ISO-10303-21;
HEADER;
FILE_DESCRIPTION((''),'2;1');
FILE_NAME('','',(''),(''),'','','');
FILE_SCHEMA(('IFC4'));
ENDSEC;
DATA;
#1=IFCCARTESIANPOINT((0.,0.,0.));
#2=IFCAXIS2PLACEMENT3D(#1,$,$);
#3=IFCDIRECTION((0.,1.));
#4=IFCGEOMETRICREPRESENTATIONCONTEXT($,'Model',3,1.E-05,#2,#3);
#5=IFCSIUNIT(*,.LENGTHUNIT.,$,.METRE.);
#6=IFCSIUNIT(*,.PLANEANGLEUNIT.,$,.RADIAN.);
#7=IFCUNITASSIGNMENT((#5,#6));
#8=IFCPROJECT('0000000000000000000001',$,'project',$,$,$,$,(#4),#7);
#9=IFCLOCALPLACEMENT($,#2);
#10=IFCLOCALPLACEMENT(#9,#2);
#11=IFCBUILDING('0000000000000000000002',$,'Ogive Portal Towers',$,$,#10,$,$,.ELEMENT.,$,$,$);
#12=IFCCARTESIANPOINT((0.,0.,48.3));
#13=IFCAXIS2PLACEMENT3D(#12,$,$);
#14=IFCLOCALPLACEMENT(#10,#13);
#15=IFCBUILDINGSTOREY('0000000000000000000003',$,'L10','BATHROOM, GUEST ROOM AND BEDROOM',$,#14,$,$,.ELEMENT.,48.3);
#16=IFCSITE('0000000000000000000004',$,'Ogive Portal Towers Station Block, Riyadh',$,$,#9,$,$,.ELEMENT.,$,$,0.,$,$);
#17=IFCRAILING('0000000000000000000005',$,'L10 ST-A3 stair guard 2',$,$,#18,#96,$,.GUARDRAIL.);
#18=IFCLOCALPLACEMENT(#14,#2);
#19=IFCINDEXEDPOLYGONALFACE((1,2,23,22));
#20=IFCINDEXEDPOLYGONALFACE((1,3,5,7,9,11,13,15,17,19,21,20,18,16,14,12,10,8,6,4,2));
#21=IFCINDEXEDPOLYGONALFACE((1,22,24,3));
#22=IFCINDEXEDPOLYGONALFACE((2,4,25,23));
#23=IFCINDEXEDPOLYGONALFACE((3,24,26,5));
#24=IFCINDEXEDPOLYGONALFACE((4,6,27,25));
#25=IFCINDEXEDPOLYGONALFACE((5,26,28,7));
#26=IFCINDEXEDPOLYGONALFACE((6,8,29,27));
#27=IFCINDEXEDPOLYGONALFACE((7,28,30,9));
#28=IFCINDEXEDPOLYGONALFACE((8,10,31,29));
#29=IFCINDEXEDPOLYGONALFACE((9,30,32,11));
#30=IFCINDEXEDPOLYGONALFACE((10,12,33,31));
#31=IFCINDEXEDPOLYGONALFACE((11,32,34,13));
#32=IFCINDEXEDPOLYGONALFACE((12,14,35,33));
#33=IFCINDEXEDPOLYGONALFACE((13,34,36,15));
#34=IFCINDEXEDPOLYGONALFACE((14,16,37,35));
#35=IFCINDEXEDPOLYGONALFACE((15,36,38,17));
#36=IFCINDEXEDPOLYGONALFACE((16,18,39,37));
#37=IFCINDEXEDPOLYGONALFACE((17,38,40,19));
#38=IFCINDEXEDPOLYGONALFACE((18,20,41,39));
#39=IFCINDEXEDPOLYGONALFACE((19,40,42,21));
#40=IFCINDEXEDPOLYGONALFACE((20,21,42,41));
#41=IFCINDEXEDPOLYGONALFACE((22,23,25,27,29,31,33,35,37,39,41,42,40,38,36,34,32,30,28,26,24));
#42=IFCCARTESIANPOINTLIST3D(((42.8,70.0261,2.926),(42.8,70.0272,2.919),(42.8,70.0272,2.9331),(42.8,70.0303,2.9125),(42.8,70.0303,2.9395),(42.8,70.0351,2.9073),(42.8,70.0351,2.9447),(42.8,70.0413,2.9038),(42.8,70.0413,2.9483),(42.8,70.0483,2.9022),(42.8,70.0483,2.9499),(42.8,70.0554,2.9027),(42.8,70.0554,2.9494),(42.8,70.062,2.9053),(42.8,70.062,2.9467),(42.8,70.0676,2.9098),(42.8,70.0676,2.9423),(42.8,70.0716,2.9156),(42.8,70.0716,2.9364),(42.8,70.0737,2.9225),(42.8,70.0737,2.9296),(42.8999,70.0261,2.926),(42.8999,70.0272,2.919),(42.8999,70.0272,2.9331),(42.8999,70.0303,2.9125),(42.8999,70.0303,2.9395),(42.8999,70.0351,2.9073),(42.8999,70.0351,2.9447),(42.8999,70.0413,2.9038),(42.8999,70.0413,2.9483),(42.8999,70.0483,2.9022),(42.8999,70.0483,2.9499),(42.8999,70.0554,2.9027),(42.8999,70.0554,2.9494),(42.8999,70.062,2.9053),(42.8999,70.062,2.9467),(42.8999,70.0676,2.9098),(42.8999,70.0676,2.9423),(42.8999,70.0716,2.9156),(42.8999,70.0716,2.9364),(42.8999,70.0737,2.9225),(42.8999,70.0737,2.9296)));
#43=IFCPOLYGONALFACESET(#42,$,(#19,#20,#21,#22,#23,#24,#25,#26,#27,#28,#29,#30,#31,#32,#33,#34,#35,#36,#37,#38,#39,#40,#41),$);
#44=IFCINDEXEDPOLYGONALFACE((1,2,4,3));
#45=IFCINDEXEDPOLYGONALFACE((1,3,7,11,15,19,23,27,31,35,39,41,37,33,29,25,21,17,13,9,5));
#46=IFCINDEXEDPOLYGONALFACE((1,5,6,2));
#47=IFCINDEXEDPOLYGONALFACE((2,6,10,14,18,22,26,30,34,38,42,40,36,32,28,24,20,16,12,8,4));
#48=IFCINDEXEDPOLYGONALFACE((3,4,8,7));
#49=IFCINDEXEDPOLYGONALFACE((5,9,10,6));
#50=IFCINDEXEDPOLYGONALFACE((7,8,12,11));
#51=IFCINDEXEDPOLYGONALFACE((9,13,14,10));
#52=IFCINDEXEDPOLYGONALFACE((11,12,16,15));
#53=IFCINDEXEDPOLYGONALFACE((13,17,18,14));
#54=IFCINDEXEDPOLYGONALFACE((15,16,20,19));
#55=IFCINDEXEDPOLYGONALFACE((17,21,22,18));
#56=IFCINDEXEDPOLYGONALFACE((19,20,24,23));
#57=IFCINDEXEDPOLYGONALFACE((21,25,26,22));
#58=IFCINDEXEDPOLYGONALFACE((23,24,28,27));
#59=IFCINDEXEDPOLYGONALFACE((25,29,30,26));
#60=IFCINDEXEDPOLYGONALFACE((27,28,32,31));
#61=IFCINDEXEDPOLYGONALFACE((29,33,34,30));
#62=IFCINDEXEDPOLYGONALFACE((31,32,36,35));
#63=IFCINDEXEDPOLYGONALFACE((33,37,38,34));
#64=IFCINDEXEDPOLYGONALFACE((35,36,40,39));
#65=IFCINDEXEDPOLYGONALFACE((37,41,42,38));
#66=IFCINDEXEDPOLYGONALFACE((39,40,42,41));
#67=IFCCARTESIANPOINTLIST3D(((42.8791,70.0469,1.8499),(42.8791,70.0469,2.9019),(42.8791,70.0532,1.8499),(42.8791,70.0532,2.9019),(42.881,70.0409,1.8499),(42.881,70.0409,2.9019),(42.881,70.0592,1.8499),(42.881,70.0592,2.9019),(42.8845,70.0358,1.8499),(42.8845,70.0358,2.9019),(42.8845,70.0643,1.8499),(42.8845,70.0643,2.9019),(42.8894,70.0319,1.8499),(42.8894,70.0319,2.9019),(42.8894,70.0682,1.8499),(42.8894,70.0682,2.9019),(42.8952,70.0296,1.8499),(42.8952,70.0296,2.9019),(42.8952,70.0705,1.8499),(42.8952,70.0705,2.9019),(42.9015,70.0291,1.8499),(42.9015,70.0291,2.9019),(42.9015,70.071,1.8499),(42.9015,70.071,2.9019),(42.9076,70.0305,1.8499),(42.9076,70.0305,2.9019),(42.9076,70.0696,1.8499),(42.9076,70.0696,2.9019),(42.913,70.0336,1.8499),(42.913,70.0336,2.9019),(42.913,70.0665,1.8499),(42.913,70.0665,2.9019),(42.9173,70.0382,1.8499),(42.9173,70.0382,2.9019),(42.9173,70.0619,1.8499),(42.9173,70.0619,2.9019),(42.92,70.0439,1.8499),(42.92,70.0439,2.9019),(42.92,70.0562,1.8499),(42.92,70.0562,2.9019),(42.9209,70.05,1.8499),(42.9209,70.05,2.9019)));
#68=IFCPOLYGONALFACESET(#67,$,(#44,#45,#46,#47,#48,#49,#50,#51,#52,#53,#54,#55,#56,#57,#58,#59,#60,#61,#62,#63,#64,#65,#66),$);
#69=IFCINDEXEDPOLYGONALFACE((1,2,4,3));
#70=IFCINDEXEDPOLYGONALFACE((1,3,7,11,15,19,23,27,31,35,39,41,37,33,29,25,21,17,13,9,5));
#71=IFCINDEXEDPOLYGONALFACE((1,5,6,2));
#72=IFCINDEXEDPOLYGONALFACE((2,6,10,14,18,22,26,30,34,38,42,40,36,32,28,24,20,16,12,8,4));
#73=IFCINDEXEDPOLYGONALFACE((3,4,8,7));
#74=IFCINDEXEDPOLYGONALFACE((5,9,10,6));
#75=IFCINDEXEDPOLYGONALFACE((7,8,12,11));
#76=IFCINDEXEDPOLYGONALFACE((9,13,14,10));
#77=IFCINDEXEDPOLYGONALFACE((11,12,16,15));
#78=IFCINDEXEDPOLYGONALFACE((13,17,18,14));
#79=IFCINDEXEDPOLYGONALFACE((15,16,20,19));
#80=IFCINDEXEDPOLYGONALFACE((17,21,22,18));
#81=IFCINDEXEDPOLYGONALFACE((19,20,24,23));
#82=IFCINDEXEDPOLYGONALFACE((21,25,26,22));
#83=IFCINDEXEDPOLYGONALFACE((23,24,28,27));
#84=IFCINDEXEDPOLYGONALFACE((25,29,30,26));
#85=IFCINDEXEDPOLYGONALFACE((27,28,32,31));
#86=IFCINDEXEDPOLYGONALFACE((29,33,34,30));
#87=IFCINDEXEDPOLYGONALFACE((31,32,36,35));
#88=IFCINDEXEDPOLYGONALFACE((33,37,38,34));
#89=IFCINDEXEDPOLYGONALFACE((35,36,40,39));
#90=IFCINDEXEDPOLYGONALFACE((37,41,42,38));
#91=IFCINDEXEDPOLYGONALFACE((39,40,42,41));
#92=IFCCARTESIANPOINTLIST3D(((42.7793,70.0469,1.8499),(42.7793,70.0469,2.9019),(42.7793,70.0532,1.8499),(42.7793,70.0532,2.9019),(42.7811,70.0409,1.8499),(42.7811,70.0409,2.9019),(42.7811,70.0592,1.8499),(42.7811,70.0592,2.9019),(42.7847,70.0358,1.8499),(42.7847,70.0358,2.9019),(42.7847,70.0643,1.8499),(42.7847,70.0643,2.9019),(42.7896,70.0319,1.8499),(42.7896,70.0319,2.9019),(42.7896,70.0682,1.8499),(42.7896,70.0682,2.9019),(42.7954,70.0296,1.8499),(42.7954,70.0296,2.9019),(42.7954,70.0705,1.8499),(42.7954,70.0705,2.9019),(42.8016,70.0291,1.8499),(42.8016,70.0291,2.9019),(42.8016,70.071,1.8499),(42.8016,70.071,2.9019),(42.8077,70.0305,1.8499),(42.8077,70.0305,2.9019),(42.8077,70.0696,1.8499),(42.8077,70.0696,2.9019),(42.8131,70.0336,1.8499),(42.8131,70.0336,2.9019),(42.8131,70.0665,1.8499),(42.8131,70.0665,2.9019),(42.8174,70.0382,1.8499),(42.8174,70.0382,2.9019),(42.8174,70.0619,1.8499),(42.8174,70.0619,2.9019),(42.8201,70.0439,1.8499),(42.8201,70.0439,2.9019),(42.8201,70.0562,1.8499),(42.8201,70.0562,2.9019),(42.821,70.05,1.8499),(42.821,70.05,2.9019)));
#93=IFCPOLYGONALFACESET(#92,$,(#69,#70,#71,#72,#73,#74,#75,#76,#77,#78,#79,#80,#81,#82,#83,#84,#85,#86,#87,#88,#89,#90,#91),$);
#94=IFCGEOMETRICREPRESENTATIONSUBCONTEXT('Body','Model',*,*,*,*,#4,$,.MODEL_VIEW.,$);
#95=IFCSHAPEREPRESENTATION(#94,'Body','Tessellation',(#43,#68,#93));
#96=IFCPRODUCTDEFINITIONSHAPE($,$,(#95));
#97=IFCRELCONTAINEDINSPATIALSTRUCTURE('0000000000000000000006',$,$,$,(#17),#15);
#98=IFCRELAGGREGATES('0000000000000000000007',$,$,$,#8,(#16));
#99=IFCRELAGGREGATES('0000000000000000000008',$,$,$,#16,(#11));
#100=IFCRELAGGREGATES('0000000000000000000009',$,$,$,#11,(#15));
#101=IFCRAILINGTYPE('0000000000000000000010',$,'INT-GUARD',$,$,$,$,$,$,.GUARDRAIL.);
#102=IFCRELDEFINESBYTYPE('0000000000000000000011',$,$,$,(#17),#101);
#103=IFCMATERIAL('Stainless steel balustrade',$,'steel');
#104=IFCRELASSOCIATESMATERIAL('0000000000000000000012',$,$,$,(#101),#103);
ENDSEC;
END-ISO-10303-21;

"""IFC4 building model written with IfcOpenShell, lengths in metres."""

from ifc_helpers import new_model, si_unit, direction, frame, origin, origin_2d, place, context, subcontext, project, spatial, circle, extrude, material, type_object, element, save


model = new_model("IFC4")

# Units and contexts
model_context = context("Model", 3, precision=1e-05, world=origin(), true_north=direction((0.0, 1.0)))
body_context = subcontext(model_context, "Body", "Model", "MODEL_VIEW")
ifc_project = project(units=[si_unit("LENGTHUNIT", "METRE"), si_unit("PLANEANGLEUNIT", "RADIAN")], contexts=[model_context])

# Site, building, storey
site_placement = place(None, origin())
site = spatial("IfcSite", under=ifc_project, at=site_placement, Name="Ogive Portal Towers Station Block, Riyadh", CompositionType="ELEMENT", RefElevation=0.0)
building_placement = place(site_placement, origin())
building = spatial("IfcBuilding", under=site, at=building_placement, Name="Ogive Portal Towers", CompositionType="ELEMENT")
storey_placement = place(building_placement, frame((0.0, 0.0, 48.3)))
storey = spatial("IfcBuildingStorey", under=building, at=storey_placement, Name="L10", Description="BATHROOM, GUEST ROOM AND BEDROOM", CompositionType="ELEMENT", Elevation=48.3)

# Railing
ifc_material_1 = material(Name="Stainless steel balustrade", Category="steel")
railing_type_1 = type_object("IfcRailingType", Name="INT-GUARD", PredefinedType="GUARDRAIL", material=ifc_material_1)
railing_1_placement = place(storey_placement, frame((42.8999, 70.05, 1.8499)))
element("IfcRailing", 1, at=railing_1_placement, inside=storey, type_object=railing_type_1, Name="L10 ST-A3 stair guard 2", PredefinedType="GUARDRAIL", context=body_context, shape_type="SweptSolid", body=[
    extrude(circle(Radius=0.0239, at=origin_2d()), frame((0.0, 0.0, 1.0762), z_axis=(-1.0, 0.0, 0.0), x_axis=(0.0, -1.0, 0.0)), (0.0, 0.0, 1.0), 0.0999),
    extrude(circle(Radius=0.021, at=origin_2d()), origin(), (0.0, 0.0, 1.0), 1.052),
    extrude(circle(Radius=0.021, at=origin_2d()), frame((-0.0999, 0.0, 0.0)), (0.0, 0.0, 1.0), 1.052),
])

save(model, "model.ifc")
